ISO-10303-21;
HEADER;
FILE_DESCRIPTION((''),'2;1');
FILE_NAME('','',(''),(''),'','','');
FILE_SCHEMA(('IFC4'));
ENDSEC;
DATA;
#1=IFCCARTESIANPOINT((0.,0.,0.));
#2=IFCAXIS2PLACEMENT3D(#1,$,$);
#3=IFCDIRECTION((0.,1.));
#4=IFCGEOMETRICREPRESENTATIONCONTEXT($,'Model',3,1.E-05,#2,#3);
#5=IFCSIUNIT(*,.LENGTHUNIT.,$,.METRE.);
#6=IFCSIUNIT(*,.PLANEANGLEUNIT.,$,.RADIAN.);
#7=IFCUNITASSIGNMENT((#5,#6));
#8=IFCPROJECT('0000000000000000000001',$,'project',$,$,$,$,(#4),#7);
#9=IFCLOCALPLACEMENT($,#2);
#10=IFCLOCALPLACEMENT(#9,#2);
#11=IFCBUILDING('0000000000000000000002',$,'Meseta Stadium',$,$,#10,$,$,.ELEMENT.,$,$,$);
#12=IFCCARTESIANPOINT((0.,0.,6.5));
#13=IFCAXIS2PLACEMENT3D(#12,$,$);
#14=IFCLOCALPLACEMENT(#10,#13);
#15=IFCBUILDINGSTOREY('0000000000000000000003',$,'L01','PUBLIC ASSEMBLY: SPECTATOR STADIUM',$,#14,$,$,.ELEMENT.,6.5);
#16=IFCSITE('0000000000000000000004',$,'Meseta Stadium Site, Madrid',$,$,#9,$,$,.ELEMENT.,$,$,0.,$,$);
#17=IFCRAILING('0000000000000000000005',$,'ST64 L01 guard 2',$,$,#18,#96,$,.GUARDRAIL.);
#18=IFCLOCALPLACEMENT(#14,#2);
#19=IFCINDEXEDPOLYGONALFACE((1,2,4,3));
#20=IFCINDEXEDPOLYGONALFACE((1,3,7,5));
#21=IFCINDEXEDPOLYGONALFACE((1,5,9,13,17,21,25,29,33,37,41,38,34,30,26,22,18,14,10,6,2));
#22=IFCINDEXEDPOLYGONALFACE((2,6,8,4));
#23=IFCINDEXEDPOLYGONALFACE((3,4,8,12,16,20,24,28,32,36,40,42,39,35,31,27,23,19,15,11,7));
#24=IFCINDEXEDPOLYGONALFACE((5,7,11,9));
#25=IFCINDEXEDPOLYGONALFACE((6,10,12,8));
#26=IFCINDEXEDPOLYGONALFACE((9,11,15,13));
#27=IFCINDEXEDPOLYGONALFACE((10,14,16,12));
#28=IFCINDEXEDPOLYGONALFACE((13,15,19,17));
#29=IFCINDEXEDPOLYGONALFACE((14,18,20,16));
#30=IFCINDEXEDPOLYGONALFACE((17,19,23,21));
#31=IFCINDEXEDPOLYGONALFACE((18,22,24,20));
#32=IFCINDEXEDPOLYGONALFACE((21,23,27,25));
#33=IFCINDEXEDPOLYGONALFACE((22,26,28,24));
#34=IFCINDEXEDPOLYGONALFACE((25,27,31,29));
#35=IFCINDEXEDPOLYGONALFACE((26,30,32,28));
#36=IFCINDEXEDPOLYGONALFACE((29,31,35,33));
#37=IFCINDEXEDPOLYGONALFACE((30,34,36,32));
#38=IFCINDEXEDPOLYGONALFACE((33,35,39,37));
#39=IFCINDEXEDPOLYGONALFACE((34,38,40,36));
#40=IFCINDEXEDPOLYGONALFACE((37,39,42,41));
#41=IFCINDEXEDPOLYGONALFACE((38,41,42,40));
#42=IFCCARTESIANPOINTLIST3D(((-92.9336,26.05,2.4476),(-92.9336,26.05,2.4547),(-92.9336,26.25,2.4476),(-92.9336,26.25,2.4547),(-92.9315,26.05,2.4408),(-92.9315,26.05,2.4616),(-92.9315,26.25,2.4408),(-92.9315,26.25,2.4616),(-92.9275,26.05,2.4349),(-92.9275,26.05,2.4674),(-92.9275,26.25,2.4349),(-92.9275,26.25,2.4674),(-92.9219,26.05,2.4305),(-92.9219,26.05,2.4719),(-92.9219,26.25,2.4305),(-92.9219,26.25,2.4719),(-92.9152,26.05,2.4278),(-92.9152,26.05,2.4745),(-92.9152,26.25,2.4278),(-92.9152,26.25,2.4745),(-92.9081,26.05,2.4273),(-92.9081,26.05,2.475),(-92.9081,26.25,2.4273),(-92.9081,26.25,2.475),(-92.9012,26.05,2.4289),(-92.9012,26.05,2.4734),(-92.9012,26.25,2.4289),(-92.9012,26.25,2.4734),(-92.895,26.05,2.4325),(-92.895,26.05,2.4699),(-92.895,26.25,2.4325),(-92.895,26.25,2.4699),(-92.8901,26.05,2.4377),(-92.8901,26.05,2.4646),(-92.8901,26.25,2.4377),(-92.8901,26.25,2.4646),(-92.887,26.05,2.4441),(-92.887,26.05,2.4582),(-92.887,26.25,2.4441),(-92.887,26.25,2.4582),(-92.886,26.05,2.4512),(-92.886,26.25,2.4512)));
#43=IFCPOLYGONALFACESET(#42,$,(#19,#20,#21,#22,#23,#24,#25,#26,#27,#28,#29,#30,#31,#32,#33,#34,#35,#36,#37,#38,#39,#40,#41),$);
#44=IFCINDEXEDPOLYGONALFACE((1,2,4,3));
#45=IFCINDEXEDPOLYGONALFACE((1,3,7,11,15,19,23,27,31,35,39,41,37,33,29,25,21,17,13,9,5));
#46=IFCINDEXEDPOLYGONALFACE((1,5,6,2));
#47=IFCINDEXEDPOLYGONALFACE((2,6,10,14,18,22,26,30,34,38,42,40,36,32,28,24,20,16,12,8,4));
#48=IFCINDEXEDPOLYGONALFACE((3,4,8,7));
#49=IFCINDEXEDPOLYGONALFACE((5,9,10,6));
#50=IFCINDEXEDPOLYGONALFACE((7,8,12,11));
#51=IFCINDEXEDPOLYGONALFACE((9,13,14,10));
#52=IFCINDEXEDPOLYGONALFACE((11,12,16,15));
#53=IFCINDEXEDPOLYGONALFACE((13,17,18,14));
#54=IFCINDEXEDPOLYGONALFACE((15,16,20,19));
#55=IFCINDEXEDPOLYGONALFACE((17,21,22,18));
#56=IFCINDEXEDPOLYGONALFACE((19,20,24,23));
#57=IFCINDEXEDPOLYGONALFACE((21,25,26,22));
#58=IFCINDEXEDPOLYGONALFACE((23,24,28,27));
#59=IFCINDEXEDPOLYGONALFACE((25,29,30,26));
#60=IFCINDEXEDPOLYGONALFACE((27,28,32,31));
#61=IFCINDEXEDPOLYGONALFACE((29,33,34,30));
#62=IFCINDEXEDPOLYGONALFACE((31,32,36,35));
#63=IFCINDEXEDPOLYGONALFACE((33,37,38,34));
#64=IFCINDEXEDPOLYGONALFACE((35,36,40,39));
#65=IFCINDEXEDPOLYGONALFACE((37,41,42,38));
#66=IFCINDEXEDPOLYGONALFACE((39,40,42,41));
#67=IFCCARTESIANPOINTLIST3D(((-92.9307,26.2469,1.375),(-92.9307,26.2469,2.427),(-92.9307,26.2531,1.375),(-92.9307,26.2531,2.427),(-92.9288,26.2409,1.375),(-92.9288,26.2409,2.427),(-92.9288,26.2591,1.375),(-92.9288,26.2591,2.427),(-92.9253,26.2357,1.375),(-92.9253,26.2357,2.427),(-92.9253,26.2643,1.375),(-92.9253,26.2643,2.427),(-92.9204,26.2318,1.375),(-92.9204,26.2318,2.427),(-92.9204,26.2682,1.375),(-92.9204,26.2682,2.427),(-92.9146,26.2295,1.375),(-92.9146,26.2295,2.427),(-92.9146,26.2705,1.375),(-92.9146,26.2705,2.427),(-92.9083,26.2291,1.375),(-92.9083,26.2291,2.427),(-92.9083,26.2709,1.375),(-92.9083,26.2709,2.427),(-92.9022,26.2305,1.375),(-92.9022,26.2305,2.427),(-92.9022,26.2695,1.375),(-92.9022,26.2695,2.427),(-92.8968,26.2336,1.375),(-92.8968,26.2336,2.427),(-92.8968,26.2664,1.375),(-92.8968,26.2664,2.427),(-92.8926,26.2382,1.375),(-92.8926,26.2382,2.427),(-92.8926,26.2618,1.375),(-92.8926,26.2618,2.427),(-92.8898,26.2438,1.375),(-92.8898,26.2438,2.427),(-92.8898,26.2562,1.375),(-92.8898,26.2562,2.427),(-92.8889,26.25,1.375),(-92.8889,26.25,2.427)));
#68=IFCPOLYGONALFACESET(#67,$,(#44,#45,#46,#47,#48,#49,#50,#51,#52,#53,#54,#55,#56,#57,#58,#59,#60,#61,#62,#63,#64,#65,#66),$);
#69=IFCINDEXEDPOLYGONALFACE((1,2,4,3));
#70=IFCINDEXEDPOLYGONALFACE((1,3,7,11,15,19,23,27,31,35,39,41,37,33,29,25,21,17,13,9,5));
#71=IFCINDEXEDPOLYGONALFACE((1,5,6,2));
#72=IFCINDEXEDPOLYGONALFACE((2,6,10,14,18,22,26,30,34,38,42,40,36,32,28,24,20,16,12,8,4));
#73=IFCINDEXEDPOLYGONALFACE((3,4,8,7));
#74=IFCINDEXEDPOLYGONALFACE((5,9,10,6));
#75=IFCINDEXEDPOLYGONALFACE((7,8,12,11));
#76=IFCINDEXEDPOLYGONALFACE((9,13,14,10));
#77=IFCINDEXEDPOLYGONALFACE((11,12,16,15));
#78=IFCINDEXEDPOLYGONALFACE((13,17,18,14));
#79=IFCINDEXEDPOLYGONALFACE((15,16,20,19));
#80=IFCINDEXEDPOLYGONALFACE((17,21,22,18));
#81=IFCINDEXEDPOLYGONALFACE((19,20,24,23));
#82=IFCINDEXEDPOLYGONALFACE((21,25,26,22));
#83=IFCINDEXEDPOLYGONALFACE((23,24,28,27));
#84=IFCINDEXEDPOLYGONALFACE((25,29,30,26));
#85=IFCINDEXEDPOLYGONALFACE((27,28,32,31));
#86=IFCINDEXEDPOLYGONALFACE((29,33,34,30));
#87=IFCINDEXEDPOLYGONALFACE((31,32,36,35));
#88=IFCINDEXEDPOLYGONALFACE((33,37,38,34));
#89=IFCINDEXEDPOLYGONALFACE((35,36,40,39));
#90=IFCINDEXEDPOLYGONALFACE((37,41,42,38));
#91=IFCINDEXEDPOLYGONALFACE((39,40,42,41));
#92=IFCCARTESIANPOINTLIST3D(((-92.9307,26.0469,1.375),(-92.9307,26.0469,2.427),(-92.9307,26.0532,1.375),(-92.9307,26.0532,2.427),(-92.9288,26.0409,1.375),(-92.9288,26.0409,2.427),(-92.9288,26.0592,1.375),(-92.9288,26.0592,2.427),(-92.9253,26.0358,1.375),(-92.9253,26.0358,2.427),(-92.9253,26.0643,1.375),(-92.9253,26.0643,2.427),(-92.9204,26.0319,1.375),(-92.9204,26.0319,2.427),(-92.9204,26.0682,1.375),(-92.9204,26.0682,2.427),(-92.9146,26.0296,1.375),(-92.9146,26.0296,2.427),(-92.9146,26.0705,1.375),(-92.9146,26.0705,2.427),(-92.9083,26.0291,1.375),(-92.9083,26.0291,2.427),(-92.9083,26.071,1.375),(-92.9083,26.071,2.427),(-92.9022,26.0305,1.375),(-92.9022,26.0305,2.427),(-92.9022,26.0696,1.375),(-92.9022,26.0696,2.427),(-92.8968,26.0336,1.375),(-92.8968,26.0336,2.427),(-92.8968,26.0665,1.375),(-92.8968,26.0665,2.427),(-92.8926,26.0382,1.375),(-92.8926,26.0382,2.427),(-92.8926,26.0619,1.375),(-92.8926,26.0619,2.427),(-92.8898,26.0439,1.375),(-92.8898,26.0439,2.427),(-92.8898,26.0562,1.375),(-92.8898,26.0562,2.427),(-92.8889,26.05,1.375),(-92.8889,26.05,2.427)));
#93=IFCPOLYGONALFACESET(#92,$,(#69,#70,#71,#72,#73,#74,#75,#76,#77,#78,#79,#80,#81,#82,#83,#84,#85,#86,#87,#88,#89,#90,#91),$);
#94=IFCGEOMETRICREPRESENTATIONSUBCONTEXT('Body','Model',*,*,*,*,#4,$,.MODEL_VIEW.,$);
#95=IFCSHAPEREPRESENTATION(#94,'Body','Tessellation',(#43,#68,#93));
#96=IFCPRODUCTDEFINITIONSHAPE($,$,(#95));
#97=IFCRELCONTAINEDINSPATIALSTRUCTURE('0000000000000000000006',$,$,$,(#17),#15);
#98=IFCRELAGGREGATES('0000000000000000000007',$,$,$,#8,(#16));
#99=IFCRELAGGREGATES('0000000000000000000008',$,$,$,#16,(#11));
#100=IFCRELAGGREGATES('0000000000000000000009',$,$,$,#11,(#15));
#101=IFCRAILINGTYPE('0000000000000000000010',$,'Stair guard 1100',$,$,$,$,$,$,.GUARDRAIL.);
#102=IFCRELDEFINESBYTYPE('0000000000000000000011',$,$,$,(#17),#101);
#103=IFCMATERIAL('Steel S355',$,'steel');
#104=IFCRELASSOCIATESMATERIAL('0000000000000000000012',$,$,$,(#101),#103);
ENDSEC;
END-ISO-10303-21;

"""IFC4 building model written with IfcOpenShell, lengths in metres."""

from ifc_helpers import new_model, si_unit, direction, frame, origin, origin_2d, place, context, subcontext, project, spatial, circle, extrude, material, type_object, element, save


model = new_model("IFC4")

# Units and contexts
model_context = context("Model", 3, precision=1e-05, world=origin(), true_north=direction((0.0, 1.0)))
body_context = subcontext(model_context, "Body", "Model", "MODEL_VIEW")
ifc_project = project(units=[si_unit("LENGTHUNIT", "METRE"), si_unit("PLANEANGLEUNIT", "RADIAN")], contexts=[model_context])

# Site, building, storey
site_placement = place(None, origin())
site = spatial("IfcSite", under=ifc_project, at=site_placement, Name="Meseta Stadium Site, Madrid", CompositionType="ELEMENT", RefElevation=0.0)
building_placement = place(site_placement, origin())
building = spatial("IfcBuilding", under=site, at=building_placement, Name="Meseta Stadium", CompositionType="ELEMENT")
storey_placement = place(building_placement, frame((0.0, 0.0, 6.5)))
storey = spatial("IfcBuildingStorey", under=building, at=storey_placement, Name="L01", Description="PUBLIC ASSEMBLY: SPECTATOR STADIUM", CompositionType="ELEMENT", Elevation=6.5)

# Railing
ifc_material_1 = material(Name="Steel S355", Category="steel")
railing_type_1 = type_object("IfcRailingType", Name="Stair guard 1100", PredefinedType="GUARDRAIL", material=ifc_material_1)
railing_1_placement = place(storey_placement, frame((-92.9099, 26.25, 1.375)))
element("IfcRailing", 1, at=railing_1_placement, inside=storey, type_object=railing_type_1, Name="ST64 L01 guard 2", PredefinedType="GUARDRAIL", context=body_context, shape_type="SweptSolid", body=[
    extrude(circle(Radius=0.0239, at=origin_2d()), frame((0.0, 0.0, 1.0762), z_axis=(0.0, -1.0, 0.0), x_axis=(1.0, 0.0, 0.0)), (0.0, 0.0, 1.0), 0.2),
    extrude(circle(Radius=0.021, at=origin_2d()), origin(), (0.0, 0.0, 1.0), 1.052),
    extrude(circle(Radius=0.021, at=origin_2d()), frame((0.0, -0.2, 0.0)), (0.0, 0.0, 1.0), 1.052),
])

save(model, "model.ifc")
